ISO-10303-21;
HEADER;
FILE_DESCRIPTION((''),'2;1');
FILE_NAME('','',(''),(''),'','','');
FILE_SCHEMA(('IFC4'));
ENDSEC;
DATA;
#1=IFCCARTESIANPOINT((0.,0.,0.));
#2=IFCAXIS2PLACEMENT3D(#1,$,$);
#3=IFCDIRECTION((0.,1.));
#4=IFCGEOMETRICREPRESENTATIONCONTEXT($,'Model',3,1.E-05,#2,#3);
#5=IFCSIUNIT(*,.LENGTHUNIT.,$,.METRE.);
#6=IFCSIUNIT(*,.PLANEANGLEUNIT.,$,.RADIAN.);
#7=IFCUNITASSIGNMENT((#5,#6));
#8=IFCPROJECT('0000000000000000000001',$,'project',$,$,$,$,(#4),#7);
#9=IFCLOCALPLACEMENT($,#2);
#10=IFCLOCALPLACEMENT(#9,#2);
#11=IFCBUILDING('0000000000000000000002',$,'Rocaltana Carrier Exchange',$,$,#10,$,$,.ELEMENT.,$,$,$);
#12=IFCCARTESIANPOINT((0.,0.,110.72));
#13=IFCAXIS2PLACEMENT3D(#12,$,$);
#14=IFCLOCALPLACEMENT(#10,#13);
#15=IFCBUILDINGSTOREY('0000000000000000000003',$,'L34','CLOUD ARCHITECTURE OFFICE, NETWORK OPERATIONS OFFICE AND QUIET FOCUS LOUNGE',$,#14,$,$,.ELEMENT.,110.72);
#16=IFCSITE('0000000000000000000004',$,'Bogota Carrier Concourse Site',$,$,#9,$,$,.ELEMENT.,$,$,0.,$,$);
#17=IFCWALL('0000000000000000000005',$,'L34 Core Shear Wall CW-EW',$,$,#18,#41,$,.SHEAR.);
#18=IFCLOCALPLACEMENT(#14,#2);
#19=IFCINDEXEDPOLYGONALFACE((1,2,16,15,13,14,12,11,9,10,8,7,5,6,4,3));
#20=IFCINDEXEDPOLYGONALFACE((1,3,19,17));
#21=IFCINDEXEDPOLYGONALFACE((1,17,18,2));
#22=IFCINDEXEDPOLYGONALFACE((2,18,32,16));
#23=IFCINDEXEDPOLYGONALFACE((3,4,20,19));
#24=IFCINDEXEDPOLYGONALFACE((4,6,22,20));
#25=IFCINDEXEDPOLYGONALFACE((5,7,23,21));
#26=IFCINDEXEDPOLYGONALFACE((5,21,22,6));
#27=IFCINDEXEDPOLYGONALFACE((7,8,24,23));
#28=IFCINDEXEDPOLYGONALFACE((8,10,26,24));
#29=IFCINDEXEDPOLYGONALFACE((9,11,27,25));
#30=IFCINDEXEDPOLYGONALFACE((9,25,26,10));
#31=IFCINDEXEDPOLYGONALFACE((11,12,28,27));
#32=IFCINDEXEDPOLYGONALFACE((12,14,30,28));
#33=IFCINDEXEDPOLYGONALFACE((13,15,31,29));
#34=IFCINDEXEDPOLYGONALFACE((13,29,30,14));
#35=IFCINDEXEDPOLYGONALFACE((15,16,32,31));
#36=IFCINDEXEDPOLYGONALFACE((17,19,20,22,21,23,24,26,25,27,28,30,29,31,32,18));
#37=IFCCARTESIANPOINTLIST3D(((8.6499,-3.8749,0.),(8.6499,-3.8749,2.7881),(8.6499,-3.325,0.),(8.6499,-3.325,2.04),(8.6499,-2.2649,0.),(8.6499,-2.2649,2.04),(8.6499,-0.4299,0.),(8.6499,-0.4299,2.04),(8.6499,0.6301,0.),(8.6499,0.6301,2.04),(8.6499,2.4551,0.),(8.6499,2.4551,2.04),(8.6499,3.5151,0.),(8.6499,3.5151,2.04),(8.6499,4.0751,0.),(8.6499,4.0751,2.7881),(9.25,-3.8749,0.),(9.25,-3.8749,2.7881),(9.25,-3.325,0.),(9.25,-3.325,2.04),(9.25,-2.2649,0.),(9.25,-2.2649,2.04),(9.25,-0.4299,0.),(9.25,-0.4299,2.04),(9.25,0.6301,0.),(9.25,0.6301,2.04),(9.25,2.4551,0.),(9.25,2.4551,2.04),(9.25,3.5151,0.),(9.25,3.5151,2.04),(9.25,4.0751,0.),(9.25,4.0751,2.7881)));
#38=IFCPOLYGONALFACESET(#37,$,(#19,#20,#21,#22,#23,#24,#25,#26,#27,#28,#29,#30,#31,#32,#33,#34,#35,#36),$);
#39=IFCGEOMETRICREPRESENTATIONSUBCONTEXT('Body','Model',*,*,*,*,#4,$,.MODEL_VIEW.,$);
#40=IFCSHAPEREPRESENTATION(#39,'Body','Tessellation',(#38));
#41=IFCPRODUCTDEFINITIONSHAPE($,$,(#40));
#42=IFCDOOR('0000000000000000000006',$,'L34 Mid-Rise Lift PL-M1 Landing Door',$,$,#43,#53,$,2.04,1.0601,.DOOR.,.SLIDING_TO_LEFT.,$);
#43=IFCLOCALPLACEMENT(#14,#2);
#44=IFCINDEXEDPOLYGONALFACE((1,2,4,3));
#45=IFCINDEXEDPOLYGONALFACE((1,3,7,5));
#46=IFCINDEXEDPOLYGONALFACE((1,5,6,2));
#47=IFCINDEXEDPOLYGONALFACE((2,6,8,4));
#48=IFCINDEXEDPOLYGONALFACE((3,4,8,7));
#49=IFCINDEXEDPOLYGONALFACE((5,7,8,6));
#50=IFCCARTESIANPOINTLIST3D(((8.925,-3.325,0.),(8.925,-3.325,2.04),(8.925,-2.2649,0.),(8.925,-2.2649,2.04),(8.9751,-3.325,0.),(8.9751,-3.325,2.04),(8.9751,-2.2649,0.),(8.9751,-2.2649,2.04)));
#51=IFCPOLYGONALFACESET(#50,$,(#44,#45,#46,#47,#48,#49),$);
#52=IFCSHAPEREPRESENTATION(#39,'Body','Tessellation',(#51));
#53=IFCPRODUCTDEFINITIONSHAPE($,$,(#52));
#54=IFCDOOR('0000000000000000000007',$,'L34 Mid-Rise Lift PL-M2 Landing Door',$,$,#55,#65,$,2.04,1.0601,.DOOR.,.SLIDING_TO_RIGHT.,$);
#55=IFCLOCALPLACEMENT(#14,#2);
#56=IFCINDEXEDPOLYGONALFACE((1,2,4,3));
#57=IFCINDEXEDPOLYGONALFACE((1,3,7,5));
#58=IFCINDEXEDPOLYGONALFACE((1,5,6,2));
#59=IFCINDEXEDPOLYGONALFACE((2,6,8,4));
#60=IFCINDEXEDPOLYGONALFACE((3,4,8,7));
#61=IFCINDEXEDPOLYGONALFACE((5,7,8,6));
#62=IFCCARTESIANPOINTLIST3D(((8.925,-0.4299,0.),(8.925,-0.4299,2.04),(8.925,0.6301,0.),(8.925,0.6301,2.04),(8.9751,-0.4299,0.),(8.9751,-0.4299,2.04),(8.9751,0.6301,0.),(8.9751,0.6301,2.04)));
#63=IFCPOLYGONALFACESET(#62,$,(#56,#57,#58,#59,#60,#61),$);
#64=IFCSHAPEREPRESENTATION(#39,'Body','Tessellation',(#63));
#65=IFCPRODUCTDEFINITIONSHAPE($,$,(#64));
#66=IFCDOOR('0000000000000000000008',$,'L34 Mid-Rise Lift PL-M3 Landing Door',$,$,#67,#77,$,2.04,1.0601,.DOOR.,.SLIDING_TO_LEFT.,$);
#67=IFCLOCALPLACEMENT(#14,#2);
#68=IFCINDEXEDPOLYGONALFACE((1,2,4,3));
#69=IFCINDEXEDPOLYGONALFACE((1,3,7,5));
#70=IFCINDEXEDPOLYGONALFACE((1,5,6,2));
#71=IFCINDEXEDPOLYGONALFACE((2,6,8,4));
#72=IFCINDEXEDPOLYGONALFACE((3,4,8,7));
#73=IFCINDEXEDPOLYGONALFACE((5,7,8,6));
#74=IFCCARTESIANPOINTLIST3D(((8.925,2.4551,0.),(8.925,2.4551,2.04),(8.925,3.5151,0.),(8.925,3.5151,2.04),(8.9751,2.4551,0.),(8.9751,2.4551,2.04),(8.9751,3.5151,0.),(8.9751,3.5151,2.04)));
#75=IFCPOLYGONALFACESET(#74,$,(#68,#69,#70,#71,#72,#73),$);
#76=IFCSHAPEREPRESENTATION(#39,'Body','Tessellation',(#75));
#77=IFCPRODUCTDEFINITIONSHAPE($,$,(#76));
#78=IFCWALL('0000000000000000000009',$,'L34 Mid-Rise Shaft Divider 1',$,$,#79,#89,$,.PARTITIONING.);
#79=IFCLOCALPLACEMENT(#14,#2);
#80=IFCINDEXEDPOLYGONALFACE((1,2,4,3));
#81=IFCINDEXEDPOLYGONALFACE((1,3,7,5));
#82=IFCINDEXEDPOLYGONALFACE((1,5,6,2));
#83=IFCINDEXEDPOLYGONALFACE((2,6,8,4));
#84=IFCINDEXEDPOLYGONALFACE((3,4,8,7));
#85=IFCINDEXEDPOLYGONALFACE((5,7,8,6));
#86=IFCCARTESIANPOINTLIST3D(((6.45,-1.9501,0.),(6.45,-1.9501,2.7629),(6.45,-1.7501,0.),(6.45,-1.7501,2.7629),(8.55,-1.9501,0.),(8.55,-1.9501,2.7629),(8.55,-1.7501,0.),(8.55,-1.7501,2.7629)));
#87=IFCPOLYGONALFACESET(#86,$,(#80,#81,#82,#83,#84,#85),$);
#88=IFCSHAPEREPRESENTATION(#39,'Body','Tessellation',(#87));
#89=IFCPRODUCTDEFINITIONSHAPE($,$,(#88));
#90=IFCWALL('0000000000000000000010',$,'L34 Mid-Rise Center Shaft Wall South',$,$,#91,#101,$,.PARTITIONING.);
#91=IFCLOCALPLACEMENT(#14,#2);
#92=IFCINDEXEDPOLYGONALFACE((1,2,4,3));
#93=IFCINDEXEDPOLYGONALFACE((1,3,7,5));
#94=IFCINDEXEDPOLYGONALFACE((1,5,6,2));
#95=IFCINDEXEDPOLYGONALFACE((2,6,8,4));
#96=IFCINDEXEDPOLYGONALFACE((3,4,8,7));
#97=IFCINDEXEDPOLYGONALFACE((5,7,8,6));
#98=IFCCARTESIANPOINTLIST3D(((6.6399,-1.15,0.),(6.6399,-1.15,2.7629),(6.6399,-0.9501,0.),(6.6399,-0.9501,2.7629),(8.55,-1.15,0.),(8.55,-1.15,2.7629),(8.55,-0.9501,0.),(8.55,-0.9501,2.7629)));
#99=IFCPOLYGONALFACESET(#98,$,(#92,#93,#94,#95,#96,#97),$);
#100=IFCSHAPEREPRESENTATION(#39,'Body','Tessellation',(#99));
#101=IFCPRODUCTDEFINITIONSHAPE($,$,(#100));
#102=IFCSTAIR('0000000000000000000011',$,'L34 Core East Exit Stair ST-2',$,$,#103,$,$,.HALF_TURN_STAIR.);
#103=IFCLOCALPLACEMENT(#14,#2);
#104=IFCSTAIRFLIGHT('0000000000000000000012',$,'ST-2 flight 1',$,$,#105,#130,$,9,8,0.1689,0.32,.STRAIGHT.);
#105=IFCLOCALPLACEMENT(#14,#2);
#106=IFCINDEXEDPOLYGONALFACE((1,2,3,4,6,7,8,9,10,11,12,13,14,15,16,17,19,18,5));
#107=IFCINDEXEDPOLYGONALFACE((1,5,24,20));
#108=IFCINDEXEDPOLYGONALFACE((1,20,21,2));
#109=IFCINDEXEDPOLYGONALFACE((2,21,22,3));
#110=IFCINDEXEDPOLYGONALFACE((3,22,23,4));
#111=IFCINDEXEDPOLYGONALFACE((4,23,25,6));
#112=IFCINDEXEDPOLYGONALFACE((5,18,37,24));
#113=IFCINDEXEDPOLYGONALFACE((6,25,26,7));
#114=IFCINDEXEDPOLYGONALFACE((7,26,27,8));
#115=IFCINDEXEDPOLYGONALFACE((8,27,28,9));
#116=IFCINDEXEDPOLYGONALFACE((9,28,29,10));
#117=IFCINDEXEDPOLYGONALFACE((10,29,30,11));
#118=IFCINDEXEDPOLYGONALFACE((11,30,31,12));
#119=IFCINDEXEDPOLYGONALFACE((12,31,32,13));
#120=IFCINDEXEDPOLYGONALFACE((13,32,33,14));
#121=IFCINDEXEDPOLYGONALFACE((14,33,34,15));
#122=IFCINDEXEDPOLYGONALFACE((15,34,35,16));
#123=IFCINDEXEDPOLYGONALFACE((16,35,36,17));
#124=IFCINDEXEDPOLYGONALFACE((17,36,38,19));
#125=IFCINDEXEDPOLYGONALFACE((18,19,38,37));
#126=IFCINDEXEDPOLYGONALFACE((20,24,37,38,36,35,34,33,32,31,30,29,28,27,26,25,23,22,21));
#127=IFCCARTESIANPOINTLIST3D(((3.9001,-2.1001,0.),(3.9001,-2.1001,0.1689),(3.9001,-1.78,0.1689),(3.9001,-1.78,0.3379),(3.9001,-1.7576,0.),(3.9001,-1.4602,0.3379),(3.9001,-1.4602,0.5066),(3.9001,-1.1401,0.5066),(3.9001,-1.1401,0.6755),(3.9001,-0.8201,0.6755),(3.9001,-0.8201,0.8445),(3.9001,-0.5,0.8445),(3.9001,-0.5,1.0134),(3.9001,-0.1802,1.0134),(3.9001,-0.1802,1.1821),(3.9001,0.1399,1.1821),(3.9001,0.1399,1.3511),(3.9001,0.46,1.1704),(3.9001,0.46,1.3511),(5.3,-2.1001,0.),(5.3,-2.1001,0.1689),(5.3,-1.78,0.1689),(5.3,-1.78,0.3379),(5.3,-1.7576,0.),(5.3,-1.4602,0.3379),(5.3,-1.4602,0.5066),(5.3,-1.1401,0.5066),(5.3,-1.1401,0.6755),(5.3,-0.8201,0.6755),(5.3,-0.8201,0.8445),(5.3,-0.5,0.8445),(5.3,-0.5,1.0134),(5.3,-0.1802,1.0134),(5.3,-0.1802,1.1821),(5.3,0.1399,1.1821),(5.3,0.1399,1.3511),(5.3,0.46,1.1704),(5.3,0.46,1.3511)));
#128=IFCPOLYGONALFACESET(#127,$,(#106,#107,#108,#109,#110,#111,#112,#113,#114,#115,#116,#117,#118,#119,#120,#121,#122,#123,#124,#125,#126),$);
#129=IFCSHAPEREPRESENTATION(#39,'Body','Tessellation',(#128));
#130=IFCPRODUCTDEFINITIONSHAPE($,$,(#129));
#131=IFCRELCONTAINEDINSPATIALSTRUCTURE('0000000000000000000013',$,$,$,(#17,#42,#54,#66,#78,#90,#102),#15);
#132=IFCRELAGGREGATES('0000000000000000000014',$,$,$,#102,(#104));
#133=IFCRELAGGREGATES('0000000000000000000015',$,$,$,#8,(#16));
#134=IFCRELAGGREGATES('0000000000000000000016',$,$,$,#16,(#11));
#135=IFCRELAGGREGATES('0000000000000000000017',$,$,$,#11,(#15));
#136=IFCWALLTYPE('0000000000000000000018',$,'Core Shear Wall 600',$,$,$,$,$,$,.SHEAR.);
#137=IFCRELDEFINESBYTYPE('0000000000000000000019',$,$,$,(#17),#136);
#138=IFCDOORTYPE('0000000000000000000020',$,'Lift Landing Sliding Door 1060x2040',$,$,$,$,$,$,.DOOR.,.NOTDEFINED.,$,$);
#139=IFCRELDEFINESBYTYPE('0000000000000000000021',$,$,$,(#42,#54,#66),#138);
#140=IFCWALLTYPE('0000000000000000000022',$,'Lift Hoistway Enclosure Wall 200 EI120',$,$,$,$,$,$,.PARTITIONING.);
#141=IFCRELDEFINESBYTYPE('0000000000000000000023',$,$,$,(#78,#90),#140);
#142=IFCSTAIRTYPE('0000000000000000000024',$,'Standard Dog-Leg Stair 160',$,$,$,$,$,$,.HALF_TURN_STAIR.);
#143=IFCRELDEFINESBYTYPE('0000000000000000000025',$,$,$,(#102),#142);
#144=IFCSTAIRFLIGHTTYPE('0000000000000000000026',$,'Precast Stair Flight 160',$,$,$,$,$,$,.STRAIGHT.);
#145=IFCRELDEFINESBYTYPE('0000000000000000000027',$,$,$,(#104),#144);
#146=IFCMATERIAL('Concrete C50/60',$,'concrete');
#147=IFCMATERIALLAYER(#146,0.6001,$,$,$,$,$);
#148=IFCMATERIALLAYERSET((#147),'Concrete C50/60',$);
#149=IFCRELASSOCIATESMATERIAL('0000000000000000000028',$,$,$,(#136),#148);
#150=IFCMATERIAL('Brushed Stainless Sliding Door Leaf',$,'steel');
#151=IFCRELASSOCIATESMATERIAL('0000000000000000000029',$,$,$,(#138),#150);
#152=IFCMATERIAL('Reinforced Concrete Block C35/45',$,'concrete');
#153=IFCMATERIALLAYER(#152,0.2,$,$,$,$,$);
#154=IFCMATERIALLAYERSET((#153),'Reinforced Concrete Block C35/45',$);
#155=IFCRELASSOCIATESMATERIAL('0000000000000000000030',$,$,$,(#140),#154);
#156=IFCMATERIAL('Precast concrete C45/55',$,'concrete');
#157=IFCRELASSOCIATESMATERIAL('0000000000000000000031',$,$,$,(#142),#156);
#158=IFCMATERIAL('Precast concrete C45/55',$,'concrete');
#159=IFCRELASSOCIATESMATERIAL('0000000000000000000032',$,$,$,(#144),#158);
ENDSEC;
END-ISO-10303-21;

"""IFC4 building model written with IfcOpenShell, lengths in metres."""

from ifc_helpers import new_model, si_unit, direction, frame, frame_2d, origin, place, context, subcontext, project, spatial, polyline, rectangle, outline, extrude, material, layer, layer_set, type_object, element, fill, aggregate, save


model = new_model("IFC4")

# Units and contexts
model_context = context("Model", 3, precision=1e-05, world=origin(), true_north=direction((0.0, 1.0)))
body_context = subcontext(model_context, "Body", "Model", "MODEL_VIEW")
ifc_project = project(units=[si_unit("LENGTHUNIT", "METRE"), si_unit("PLANEANGLEUNIT", "RADIAN")], contexts=[model_context])

# Site, building, storey
site_placement = place(None, origin())
site = spatial("IfcSite", under=ifc_project, at=site_placement, Name="Bogota Carrier Concourse Site", CompositionType="ELEMENT", RefElevation=0.0)
building_placement = place(site_placement, origin())
building = spatial("IfcBuilding", under=site, at=building_placement, Name="Rocaltana Carrier Exchange", CompositionType="ELEMENT")
storey_placement = place(building_placement, frame((0.0, 0.0, 110.72)))
storey = spatial("IfcBuildingStorey", under=building, at=storey_placement, Name="L34", Description="CLOUD ARCHITECTURE OFFICE, NETWORK OPERATIONS OFFICE AND QUIET FOCUS LOUNGE", CompositionType="ELEMENT", Elevation=110.72)

# Shared definitions
ifc_material_1 = material(Name="Concrete C50/60", Category="concrete")
ifc_layer_1 = layer(ifc_material_1, 0.6001)
ifc_layer_set_1 = layer_set([ifc_layer_1], Name="Concrete C50/60")
wall_type_1 = type_object("IfcWallType", Name="Core Shear Wall 600", PredefinedType="SHEAR", material=ifc_layer_set_1)

# Wall, openings, doors
wall_1_placement = place(storey_placement, frame((8.95, -3.875, 0.0), z_axis=(0.0, 0.0, 1.0), x_axis=(0.0, 1.0, 0.0)))
wall_1 = element("IfcWall", 1, at=wall_1_placement, inside=storey, type_object=wall_type_1, Name="L34 Core Shear Wall CW-EW", PredefinedType="SHEAR", context=body_context, shape_type="SweptSolid", body=[
    extrude(rectangle(XDim=7.95, YDim=0.6001, at=frame_2d((3.9751, 0.0))), origin(), (0.0, 0.0, 1.0), 2.7881),
])
opening_1_placement = place(wall_1_placement, frame((0.55, 0.0, 0.0)))
opening_1 = element("IfcOpeningElement", 2, at=opening_1_placement, cuts=wall_1, PredefinedType="OPENING", context=body_context, shape_type="SweptSolid", body=[
    extrude(rectangle(XDim=1.0601, YDim=2.04, at=frame_2d((0.53, 1.02))), frame((0.0, 0.3101, 0.0), z_axis=(0.0, -1.0, 0.0), x_axis=(1.0, 0.0, 0.0)), (0.0, 0.0, 1.0), 0.6201),
])
opening_2_placement = place(wall_1_placement, frame((3.4451, 0.0, 0.0)))
opening_2 = element("IfcOpeningElement", 3, at=opening_2_placement, cuts=wall_1, PredefinedType="OPENING", context=body_context, shape_type="SweptSolid", body=[
    extrude(rectangle(XDim=1.0601, YDim=2.04, at=frame_2d((0.53, 1.02))), frame((0.0, 0.3101, 0.0), z_axis=(0.0, -1.0, 0.0), x_axis=(1.0, 0.0, 0.0)), (0.0, 0.0, 1.0), 0.6201),
])
opening_3_placement = place(wall_1_placement, frame((6.3301, 0.0, 0.0)))
opening_3 = element("IfcOpeningElement", 4, at=opening_3_placement, cuts=wall_1, PredefinedType="OPENING", context=body_context, shape_type="SweptSolid", body=[
    extrude(rectangle(XDim=1.0601, YDim=2.04, at=frame_2d((0.53, 1.02))), frame((0.0, 0.3101, 0.0), z_axis=(0.0, -1.0, 0.0), x_axis=(1.0, 0.0, 0.0)), (0.0, 0.0, 1.0), 0.6201),
])
ifc_material_2 = material(Name="Brushed Stainless Sliding Door Leaf", Category="steel")
door_type = type_object("IfcDoorType", Name="Lift Landing Sliding Door 1060x2040", OperationType="NOTDEFINED", PredefinedType="DOOR", material=ifc_material_2)
door_1_placement = place(opening_1_placement, origin())
door_1 = element("IfcDoor", 5, at=door_1_placement, inside=storey, type_object=door_type, Name="L34 Mid-Rise Lift PL-M1 Landing Door", OperationType="SLIDING_TO_LEFT", OverallHeight=2.04, OverallWidth=1.0601, PredefinedType="DOOR", context=body_context, shape_type="SweptSolid", body=[
    extrude(rectangle(XDim=1.0601, YDim=2.04, at=frame_2d((0.53, 1.02))), frame((0.0, 0.0249, 0.0), z_axis=(0.0, -1.0, 0.0), x_axis=(1.0, 0.0, 0.0)), (0.0, 0.0, 1.0), 0.05),
])
fill(opening_1, door_1)
door_2_placement = place(opening_2_placement, origin())
door_2 = element("IfcDoor", 6, at=door_2_placement, inside=storey, type_object=door_type, Name="L34 Mid-Rise Lift PL-M2 Landing Door", OperationType="SLIDING_TO_RIGHT", OverallHeight=2.04, OverallWidth=1.0601, PredefinedType="DOOR", context=body_context, shape_type="SweptSolid", body=[
    extrude(rectangle(XDim=1.0601, YDim=2.04, at=frame_2d((0.53, 1.02))), frame((0.0, 0.0249, 0.0), z_axis=(0.0, -1.0, 0.0), x_axis=(1.0, 0.0, 0.0)), (0.0, 0.0, 1.0), 0.05),
])
fill(opening_2, door_2)
door_3_placement = place(opening_3_placement, origin())
door_3 = element("IfcDoor", 7, at=door_3_placement, inside=storey, type_object=door_type, Name="L34 Mid-Rise Lift PL-M3 Landing Door", OperationType="SLIDING_TO_LEFT", OverallHeight=2.04, OverallWidth=1.0601, PredefinedType="DOOR", context=body_context, shape_type="SweptSolid", body=[
    extrude(rectangle(XDim=1.0601, YDim=2.04, at=frame_2d((0.53, 1.02))), frame((0.0, 0.0249, 0.0), z_axis=(0.0, -1.0, 0.0), x_axis=(1.0, 0.0, 0.0)), (0.0, 0.0, 1.0), 0.05),
])
fill(opening_3, door_3)

# Walls
ifc_material_3 = material(Name="Reinforced Concrete Block C35/45", Category="concrete")
ifc_layer_2 = layer(ifc_material_3, 0.2)
ifc_layer_set_2 = layer_set([ifc_layer_2], Name="Reinforced Concrete Block C35/45")
wall_type_2 = type_object("IfcWallType", Name="Lift Hoistway Enclosure Wall 200 EI120", PredefinedType="PARTITIONING", material=ifc_layer_set_2)
wall_2_placement = place(storey_placement, frame((6.45, -1.8501, 0.0), z_axis=(0.0, 0.0, 1.0), x_axis=(1.0, 0.0, 0.0)))
element("IfcWall", 8, at=wall_2_placement, inside=storey, type_object=wall_type_2, Name="L34 Mid-Rise Shaft Divider 1", PredefinedType="PARTITIONING", context=body_context, shape_type="SweptSolid", body=[
    extrude(rectangle(XDim=2.1001, YDim=0.2, at=frame_2d((1.05, 0.0))), origin(), (0.0, 0.0, 1.0), 2.7629),
])
wall_3_placement = place(storey_placement, frame((6.6399, -1.05, 0.0), z_axis=(0.0, 0.0, 1.0), x_axis=(1.0, 0.0, 0.0)))
element("IfcWall", 9, at=wall_3_placement, inside=storey, type_object=wall_type_2, Name="L34 Mid-Rise Center Shaft Wall South", PredefinedType="PARTITIONING", context=body_context, shape_type="SweptSolid", body=[
    extrude(rectangle(XDim=1.9102, YDim=0.2, at=frame_2d((0.9551, 0.0))), origin(), (0.0, 0.0, 1.0), 2.7629),
])

# Stair, stair flight
ifc_material_4 = material(Name="Precast concrete C45/55", Category="concrete")
stair_type = type_object("IfcStairType", Name="Standard Dog-Leg Stair 160", PredefinedType="HALF_TURN_STAIR", material=ifc_material_4)
stair_placement = place(storey_placement, origin())
stair = element("IfcStair", 10, at=stair_placement, inside=storey, type_object=stair_type, Name="L34 Core East Exit Stair ST-2", PredefinedType="HALF_TURN_STAIR")
ifc_material_5 = material(Name="Precast concrete C45/55", Category="concrete")
stair_flight_type = type_object("IfcStairFlightType", Name="Precast Stair Flight 160", PredefinedType="STRAIGHT", material=ifc_material_5)
stair_flight_placement = place(storey_placement, frame((4.6001, -2.1001, 0.0), z_axis=(0.0, 0.0, 1.0), x_axis=(0.0, 1.0, 0.0)))
stair_flight = element("IfcStairFlight", 11, at=stair_flight_placement, type_object=stair_flight_type, Name="ST-2 flight 1", NumberOfRisers=9, NumberOfTreads=8, PredefinedType="STRAIGHT", RiserHeight=0.1689, TreadLength=0.32, context=body_context, shape_type="SweptSolid", body=[
    extrude(outline(polyline([(0.0, 0.0), (0.0, 0.1689), (0.3201, 0.1689), (0.3201, 0.3379), (0.6399, 0.3379), (0.6399, 0.5066), (0.96, 0.5066), (0.96, 0.6755), (1.28, 0.6755), (1.28, 0.8445), (1.6001, 0.8445), (1.6001, 1.0134), (1.9199, 1.0134), (1.9199, 1.1821), (2.24, 1.1821), (2.24, 1.3511), (2.5601, 1.3511), (2.5601, 1.52), (2.5601, 1.1704), (0.3425, 0.0), (0.0, 0.0)])), frame((0.0, 0.7, 0.0), z_axis=(0.0, -1.0, 0.0), x_axis=(1.0, 0.0, 0.0)), (0.0, 0.0, 1.0), 1.3999),
])
aggregate(stair, [stair_flight])

save(model, "model.ifc")
